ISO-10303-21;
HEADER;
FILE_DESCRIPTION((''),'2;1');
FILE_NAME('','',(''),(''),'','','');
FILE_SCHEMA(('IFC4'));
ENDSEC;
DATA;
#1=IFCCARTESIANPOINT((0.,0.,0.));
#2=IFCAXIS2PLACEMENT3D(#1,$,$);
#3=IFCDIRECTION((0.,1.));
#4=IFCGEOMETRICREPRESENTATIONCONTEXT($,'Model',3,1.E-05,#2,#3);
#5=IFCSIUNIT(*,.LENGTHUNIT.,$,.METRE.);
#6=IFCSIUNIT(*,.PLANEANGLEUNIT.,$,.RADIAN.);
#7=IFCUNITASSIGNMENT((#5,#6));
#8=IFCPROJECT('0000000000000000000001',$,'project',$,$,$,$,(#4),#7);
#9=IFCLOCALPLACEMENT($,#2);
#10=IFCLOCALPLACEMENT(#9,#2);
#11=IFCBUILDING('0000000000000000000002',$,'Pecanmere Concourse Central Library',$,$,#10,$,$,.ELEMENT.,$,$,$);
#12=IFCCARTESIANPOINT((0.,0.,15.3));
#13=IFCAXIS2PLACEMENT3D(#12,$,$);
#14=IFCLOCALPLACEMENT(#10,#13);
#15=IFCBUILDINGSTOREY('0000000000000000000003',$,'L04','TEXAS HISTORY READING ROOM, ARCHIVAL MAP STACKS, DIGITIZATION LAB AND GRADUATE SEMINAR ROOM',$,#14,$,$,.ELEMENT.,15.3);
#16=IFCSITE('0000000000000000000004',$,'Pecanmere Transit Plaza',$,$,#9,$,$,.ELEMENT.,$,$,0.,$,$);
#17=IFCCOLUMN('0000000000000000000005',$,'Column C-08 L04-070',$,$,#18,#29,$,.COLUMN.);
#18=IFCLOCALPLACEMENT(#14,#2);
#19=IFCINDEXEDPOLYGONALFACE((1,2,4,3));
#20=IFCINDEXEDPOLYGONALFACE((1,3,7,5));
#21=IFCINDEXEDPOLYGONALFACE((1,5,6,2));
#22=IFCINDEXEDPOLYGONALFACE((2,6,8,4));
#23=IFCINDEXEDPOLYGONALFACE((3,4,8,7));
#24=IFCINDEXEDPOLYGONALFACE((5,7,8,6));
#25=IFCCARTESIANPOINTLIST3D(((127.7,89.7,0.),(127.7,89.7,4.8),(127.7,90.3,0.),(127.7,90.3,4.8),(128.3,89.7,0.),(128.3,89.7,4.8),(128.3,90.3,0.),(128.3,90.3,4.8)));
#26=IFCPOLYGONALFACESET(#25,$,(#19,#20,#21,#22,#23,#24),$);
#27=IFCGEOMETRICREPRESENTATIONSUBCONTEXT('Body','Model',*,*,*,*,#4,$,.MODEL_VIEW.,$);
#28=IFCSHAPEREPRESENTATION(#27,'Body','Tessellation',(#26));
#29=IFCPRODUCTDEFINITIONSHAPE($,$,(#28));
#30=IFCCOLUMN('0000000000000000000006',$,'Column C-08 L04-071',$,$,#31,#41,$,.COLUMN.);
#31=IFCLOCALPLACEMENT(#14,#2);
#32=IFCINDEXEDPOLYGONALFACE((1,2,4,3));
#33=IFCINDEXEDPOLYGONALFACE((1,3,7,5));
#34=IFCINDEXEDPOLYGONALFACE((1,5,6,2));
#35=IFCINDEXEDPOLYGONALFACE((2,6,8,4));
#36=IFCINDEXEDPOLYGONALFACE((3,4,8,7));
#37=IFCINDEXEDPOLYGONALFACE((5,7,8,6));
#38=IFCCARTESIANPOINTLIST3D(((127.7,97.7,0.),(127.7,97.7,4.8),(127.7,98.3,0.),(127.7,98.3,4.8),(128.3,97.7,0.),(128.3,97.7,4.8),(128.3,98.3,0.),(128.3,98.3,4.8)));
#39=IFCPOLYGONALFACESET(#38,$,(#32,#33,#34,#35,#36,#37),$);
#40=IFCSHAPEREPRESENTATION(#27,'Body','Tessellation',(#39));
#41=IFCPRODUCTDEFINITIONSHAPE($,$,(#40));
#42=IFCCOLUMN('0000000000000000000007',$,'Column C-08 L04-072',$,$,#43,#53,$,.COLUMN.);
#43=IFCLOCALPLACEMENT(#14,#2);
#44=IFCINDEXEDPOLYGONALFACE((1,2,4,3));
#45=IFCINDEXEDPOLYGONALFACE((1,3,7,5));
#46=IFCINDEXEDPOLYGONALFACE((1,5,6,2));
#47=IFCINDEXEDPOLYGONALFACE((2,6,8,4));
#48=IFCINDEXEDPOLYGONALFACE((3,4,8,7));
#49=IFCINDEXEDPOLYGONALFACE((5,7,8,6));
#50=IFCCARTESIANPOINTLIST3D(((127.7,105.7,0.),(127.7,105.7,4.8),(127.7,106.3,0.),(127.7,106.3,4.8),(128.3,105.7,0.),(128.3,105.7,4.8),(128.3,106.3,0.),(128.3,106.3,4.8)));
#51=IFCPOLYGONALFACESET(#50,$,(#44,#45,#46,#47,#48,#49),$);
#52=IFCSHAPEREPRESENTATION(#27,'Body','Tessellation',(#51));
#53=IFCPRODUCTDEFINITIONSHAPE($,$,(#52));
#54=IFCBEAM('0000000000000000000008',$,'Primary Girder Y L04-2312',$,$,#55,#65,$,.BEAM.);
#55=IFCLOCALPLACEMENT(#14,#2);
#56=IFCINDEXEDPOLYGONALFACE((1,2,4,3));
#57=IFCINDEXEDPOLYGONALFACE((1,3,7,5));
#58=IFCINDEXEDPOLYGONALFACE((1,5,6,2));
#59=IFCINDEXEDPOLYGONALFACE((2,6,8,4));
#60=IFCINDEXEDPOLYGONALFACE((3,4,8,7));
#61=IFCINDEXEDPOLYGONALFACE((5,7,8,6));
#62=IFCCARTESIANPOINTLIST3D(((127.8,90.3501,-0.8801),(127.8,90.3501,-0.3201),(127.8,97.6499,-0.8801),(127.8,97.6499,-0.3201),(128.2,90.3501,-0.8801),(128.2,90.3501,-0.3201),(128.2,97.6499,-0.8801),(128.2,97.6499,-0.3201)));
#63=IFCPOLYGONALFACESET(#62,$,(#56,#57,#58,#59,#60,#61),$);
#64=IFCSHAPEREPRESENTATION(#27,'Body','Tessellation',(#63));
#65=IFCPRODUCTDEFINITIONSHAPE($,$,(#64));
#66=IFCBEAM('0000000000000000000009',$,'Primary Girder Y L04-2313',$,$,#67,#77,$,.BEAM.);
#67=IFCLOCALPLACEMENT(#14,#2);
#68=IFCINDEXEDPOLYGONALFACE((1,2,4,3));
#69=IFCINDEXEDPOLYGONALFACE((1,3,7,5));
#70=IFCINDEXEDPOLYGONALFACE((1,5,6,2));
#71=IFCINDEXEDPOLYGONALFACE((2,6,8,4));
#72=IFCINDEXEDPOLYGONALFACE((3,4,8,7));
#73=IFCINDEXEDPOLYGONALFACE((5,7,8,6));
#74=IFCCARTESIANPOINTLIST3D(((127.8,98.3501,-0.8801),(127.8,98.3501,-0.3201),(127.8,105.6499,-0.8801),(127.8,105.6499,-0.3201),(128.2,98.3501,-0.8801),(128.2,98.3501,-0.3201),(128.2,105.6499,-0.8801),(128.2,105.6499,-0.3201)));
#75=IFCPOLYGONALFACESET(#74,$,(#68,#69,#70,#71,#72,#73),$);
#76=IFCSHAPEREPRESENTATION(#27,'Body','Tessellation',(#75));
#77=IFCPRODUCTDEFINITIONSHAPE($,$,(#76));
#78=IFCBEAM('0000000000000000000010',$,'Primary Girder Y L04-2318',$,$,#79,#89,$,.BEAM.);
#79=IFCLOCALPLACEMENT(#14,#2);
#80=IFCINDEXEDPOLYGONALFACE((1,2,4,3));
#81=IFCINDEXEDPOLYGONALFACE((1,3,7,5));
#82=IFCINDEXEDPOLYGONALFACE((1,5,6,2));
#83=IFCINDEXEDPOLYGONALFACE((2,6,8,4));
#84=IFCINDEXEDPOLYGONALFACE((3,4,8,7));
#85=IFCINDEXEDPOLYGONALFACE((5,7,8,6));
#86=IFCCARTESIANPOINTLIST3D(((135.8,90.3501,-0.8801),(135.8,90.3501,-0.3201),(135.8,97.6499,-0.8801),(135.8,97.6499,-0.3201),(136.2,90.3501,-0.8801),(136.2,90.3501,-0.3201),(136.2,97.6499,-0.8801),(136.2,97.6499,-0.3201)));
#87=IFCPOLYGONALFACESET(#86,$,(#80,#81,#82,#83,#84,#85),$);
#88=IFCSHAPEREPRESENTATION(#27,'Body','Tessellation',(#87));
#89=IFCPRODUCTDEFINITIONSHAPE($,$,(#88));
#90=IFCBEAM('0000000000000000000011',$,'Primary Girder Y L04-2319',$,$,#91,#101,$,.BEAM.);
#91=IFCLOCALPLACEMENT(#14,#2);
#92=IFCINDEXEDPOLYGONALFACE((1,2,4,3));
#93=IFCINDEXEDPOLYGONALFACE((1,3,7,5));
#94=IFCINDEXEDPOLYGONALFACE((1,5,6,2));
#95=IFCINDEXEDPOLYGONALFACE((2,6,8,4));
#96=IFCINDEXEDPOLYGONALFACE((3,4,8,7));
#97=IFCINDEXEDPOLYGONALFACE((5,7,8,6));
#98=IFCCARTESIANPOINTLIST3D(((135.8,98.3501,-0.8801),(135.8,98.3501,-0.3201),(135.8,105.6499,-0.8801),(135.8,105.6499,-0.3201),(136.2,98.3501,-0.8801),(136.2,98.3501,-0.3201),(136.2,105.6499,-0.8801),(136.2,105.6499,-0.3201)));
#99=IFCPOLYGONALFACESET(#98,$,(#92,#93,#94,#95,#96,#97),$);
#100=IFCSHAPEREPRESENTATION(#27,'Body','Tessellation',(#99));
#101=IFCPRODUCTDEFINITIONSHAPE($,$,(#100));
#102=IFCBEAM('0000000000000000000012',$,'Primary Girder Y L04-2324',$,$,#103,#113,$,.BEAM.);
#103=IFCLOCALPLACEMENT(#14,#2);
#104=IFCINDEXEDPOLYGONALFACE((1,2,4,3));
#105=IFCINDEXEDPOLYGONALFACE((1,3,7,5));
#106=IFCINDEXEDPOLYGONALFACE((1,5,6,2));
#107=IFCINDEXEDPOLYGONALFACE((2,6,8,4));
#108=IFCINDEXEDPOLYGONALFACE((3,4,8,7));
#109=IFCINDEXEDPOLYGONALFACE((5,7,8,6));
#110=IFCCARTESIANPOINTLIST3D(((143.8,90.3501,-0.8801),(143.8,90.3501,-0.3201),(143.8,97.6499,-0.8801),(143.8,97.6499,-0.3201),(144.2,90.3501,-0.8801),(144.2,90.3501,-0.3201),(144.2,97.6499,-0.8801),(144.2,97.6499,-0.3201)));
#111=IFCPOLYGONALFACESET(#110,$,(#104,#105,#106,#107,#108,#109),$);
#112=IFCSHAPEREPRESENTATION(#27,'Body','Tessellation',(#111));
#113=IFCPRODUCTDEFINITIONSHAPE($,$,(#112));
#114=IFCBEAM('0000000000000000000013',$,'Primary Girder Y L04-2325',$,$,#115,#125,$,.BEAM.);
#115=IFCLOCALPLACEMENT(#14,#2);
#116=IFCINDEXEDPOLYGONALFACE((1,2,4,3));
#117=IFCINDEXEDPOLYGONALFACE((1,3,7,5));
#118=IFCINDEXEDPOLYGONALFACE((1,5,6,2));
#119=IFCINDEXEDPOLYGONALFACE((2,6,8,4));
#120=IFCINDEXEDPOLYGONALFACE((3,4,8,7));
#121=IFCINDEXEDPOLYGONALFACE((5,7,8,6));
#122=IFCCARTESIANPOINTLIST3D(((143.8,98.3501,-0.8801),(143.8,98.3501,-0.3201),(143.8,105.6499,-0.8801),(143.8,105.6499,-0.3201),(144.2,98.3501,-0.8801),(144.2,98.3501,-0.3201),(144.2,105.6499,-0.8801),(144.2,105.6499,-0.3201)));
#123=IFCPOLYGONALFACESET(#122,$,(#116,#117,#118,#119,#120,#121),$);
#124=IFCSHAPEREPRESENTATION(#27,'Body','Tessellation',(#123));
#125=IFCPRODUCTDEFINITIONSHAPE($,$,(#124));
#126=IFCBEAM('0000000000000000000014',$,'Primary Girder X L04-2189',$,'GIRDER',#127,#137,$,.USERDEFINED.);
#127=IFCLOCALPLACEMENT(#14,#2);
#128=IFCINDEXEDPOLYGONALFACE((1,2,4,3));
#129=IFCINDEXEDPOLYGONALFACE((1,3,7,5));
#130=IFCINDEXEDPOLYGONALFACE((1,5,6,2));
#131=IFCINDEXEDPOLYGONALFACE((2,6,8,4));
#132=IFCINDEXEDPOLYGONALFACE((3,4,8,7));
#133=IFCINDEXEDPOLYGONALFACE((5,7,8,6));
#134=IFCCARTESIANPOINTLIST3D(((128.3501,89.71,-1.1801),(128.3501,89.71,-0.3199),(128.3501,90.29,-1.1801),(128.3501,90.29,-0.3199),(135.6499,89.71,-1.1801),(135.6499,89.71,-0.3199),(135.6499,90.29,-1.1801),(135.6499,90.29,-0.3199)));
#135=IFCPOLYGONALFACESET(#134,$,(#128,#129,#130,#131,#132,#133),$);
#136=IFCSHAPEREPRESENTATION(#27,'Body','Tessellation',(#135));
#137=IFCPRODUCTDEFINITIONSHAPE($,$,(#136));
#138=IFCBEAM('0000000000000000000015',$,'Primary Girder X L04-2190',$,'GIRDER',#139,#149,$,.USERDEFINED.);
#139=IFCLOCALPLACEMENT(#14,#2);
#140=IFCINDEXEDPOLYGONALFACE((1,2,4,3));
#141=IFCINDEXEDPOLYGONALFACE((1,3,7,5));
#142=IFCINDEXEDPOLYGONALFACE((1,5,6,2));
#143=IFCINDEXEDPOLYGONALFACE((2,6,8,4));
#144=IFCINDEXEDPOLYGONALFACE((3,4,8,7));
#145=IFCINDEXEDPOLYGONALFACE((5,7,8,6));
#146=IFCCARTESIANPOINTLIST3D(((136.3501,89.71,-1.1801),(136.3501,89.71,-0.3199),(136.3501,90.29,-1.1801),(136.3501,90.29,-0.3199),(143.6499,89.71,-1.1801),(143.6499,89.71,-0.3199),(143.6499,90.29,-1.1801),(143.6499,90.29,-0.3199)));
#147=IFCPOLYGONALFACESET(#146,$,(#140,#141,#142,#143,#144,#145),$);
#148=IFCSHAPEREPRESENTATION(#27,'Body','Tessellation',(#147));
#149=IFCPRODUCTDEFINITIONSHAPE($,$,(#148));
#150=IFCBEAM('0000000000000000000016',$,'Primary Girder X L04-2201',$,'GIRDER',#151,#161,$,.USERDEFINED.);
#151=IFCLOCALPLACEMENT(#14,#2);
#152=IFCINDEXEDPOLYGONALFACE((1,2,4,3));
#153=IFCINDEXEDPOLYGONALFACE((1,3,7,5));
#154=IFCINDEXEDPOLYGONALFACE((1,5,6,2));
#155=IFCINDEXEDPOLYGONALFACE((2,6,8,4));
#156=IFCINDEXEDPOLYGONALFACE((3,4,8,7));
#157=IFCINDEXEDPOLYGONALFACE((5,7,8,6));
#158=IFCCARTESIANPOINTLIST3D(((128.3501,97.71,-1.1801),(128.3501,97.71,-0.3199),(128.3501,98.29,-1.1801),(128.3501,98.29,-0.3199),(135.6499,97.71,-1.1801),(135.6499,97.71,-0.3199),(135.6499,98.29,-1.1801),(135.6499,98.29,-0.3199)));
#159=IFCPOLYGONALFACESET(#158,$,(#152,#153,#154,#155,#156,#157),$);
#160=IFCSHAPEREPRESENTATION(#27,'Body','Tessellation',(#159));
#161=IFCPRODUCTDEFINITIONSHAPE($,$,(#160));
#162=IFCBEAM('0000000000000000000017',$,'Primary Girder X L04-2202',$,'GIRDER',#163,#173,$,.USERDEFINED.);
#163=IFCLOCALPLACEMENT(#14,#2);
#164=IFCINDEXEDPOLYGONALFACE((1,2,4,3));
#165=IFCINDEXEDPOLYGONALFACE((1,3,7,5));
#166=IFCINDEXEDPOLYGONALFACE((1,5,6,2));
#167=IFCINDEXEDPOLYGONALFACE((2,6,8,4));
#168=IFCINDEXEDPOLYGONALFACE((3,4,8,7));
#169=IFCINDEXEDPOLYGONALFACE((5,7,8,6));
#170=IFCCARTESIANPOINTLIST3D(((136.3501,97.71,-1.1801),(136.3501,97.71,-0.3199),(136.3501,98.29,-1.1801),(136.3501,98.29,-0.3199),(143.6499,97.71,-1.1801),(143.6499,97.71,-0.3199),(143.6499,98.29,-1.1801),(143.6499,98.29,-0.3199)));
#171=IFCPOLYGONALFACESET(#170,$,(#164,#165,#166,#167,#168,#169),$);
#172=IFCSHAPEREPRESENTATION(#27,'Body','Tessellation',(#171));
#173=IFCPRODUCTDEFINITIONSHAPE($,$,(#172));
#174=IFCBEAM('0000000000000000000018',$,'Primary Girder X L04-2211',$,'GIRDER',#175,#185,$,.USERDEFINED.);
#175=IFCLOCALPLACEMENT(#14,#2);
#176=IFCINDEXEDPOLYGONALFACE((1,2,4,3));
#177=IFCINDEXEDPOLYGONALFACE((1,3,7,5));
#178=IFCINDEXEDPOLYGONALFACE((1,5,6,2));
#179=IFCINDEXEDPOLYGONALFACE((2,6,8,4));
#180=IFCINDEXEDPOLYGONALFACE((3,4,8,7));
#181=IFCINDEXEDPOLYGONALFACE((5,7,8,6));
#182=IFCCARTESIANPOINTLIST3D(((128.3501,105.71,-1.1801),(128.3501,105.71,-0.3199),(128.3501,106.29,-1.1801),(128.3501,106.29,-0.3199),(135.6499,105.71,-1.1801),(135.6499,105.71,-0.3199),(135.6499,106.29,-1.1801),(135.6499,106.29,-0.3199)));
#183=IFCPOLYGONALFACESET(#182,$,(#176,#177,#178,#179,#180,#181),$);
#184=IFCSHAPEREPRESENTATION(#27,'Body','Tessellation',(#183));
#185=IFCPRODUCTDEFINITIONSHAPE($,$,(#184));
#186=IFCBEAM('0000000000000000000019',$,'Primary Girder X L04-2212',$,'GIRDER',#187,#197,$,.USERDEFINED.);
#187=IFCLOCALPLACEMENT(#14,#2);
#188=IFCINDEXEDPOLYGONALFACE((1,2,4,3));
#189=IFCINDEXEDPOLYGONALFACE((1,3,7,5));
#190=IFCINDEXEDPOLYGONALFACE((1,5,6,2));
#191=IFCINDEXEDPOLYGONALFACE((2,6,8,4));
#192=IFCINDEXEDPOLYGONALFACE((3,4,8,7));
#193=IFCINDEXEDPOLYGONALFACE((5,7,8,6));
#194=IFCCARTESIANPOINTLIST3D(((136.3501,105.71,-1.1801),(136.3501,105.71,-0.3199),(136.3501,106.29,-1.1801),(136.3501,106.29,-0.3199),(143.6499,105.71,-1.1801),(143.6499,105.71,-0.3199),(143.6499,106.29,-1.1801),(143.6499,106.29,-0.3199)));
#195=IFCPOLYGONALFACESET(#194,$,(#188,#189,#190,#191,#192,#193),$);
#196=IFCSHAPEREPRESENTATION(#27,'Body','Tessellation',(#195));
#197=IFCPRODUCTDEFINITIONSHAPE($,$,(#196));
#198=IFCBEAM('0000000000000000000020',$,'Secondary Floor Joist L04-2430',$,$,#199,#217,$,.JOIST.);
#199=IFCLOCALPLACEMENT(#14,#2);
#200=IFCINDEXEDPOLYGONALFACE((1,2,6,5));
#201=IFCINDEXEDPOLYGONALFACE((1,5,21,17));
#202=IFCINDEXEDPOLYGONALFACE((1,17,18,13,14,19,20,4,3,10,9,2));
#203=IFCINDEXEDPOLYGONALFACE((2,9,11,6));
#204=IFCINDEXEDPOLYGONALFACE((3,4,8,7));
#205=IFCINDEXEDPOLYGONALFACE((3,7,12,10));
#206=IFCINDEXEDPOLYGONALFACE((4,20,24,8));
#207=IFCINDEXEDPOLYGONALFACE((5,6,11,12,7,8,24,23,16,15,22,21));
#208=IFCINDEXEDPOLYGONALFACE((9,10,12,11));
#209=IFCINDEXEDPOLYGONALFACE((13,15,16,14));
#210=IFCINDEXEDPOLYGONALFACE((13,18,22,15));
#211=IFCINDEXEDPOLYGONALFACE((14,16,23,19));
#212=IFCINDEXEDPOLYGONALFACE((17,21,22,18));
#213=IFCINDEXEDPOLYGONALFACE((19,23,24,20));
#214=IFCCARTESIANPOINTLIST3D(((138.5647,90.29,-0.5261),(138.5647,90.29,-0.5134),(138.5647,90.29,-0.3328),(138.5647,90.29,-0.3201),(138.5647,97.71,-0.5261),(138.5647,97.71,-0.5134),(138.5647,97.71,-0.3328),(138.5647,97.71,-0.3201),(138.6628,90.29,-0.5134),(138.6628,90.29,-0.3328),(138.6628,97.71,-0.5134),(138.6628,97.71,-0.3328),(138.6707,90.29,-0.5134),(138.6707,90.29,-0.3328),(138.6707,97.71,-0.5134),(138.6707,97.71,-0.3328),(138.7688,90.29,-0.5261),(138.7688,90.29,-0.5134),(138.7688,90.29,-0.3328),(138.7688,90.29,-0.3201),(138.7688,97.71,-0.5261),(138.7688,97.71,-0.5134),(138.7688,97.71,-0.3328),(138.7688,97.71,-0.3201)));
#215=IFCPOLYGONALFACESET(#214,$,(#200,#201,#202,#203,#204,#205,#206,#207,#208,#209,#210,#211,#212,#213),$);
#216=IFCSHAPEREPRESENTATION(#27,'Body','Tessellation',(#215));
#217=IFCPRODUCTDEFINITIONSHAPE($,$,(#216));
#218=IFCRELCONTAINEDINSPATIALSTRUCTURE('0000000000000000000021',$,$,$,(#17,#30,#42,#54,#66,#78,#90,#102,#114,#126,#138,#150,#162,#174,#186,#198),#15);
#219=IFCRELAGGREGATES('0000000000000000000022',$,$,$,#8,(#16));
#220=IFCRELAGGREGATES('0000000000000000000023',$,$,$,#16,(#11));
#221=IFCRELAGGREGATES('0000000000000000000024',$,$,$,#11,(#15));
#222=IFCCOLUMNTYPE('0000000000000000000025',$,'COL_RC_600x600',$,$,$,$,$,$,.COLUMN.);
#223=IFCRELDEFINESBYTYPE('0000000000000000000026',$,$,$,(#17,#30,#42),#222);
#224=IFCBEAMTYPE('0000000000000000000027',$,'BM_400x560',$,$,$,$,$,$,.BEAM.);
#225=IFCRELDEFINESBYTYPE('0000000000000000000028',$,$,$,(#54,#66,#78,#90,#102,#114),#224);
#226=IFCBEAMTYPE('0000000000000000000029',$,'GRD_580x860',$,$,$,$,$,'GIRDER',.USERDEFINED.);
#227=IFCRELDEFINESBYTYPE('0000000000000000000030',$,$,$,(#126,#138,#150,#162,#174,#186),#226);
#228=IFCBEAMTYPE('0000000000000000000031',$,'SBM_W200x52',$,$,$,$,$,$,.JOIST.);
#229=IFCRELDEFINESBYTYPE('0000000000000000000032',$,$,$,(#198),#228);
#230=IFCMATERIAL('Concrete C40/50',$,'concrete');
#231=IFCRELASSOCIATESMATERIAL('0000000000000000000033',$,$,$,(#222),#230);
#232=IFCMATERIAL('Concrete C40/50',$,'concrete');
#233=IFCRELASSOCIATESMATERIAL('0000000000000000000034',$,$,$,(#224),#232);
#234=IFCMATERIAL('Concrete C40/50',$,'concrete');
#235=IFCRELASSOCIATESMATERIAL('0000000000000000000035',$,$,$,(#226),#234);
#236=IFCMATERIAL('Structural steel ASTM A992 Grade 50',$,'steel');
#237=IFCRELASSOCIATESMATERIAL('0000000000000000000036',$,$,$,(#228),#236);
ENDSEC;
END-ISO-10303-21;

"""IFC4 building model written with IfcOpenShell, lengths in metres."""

from ifc_helpers import new_model, si_unit, direction, frame, origin, origin_2d, place, context, subcontext, project, spatial, rectangle, i_section, extrude, material, material_profile, profile_set, type_object, element, save


model = new_model("IFC4")

# Units and contexts
model_context = context("Model", 3, precision=1e-05, world=origin(), true_north=direction((0.0, 1.0)))
body_context = subcontext(model_context, "Body", "Model", "MODEL_VIEW")
ifc_project = project(units=[si_unit("LENGTHUNIT", "METRE"), si_unit("PLANEANGLEUNIT", "RADIAN")], contexts=[model_context])

# Site, building, storey
site_placement = place(None, origin())
site = spatial("IfcSite", under=ifc_project, at=site_placement, Name="Pecanmere Transit Plaza", CompositionType="ELEMENT", RefElevation=0.0)
building_placement = place(site_placement, origin())
building = spatial("IfcBuilding", under=site, at=building_placement, Name="Pecanmere Concourse Central Library", CompositionType="ELEMENT")
storey_placement = place(building_placement, frame((0.0, 0.0, 15.3)))
storey = spatial("IfcBuildingStorey", under=building, at=storey_placement, Name="L04", Description="TEXAS HISTORY READING ROOM, ARCHIVAL MAP STACKS, DIGITIZATION LAB AND GRADUATE SEMINAR ROOM", CompositionType="ELEMENT", Elevation=15.3)

# Columns
ifc_material_1 = material(Name="Concrete C40/50", Category="concrete")
ifc_material_profile_1 = material_profile(ifc_material_1, rectangle(XDim=0.6001, YDim=0.6001, at=origin_2d()), Name="RC 600x600")
ifc_profile_set_1 = profile_set([ifc_material_profile_1], Name="Concrete C40/50")
column_type = type_object("IfcColumnType", Name="COL_RC_600x600", PredefinedType="COLUMN", material=ifc_profile_set_1)
for number, where, z_axis, x_axis, name in (
    (1, (128.0, 90.0, 0.0), (0.0, 0.0, 1.0), (1.0, 0.0, 0.0), "Column C-08 L04-070"),
    (2, (128.0, 98.0, 0.0), (0.0, 0.0, 1.0), (1.0, 0.0, 0.0), "Column C-08 L04-071"),
    (3, (128.0, 106.0, 0.0), (0.0, 0.0, 1.0), (1.0, 0.0, 0.0), "Column C-08 L04-072"),
):
    element("IfcColumn", number, at=place(storey_placement, frame(where, z_axis=z_axis, x_axis=x_axis)), inside=storey, type_object=column_type, Name=name, PredefinedType="COLUMN", context=body_context, shape_type="SweptSolid", body=[
        extrude(rectangle(XDim=0.6001, YDim=0.6001, at=origin_2d()), origin(), (0.0, 0.0, 1.0), 4.8),
    ])

# Beams
ifc_material_2 = material(Name="Concrete C40/50", Category="concrete")
ifc_material_profile_2 = material_profile(ifc_material_2, rectangle(XDim=0.3999, YDim=0.5601, at=origin_2d()), Name="RC 400x560")
ifc_profile_set_2 = profile_set([ifc_material_profile_2], Name="Concrete C40/50")
beam_type_1 = type_object("IfcBeamType", Name="BM_400x560", PredefinedType="BEAM", material=ifc_profile_set_2)
for number, where, z_axis, x_axis, name in (
    (4, (128.0, 90.3501, -0.6001), (0.0, 1.0, 0.0), (-1.0, 0.0, 0.0), "Primary Girder Y L04-2312"),
    (5, (128.0, 98.3501, -0.6001), (0.0, 1.0, 0.0), (-1.0, 0.0, 0.0), "Primary Girder Y L04-2313"),
    (6, (136.0, 90.3501, -0.6001), (0.0, 1.0, 0.0), (-1.0, 0.0, 0.0), "Primary Girder Y L04-2318"),
    (7, (136.0, 98.3501, -0.6001), (0.0, 1.0, 0.0), (-1.0, 0.0, 0.0), "Primary Girder Y L04-2319"),
    (8, (144.0, 90.3501, -0.6001), (0.0, 1.0, 0.0), (-1.0, 0.0, 0.0), "Primary Girder Y L04-2324"),
    (9, (144.0, 98.3501, -0.6001), (0.0, 1.0, 0.0), (-1.0, 0.0, 0.0), "Primary Girder Y L04-2325"),
):
    element("IfcBeam", number, at=place(storey_placement, frame(where, z_axis=z_axis, x_axis=x_axis)), inside=storey, type_object=beam_type_1, Name=name, PredefinedType="BEAM", context=body_context, shape_type="SweptSolid", body=[
        extrude(rectangle(XDim=0.3999, YDim=0.5601, at=origin_2d()), origin(), (0.0, 0.0, 1.0), 7.2998),
    ])
ifc_material_3 = material(Name="Concrete C40/50", Category="concrete")
ifc_material_profile_3 = material_profile(ifc_material_3, rectangle(XDim=0.5801, YDim=0.8601, at=origin_2d()), Name="RC 580x860")
ifc_profile_set_3 = profile_set([ifc_material_profile_3], Name="Concrete C40/50")
beam_type_2 = type_object("IfcBeamType", Name="GRD_580x860", ElementType="GIRDER", PredefinedType="USERDEFINED", material=ifc_profile_set_3)
for number, where, z_axis, x_axis, name in (
    (10, (128.3501, 90.0, -0.75), (1.0, 0.0, 0.0), (0.0, 1.0, 0.0), "Primary Girder X L04-2189"),
    (11, (136.3501, 90.0, -0.75), (1.0, 0.0, 0.0), (0.0, 1.0, 0.0), "Primary Girder X L04-2190"),
    (12, (128.3501, 98.0, -0.75), (1.0, 0.0, 0.0), (0.0, 1.0, 0.0), "Primary Girder X L04-2201"),
    (13, (136.3501, 98.0, -0.75), (1.0, 0.0, 0.0), (0.0, 1.0, 0.0), "Primary Girder X L04-2202"),
    (14, (128.3501, 106.0, -0.75), (1.0, 0.0, 0.0), (0.0, 1.0, 0.0), "Primary Girder X L04-2211"),
    (15, (136.3501, 106.0, -0.75), (1.0, 0.0, 0.0), (0.0, 1.0, 0.0), "Primary Girder X L04-2212"),
):
    element("IfcBeam", number, at=place(storey_placement, frame(where, z_axis=z_axis, x_axis=x_axis)), inside=storey, type_object=beam_type_2, Name=name, ObjectType="GIRDER", PredefinedType="USERDEFINED", context=body_context, shape_type="SweptSolid", body=[
        extrude(rectangle(XDim=0.5801, YDim=0.8601, at=origin_2d()), origin(), (0.0, 0.0, 1.0), 7.2998),
    ])
ifc_material_4 = material(Name="Structural steel ASTM A992 Grade 50", Category="steel")
ifc_material_profile_4 = material_profile(ifc_material_4, i_section(OverallWidth=0.2041, OverallDepth=0.2061, WebThickness=0.0078, FlangeThickness=0.0127, at=origin_2d()), Name="W200x52")
ifc_profile_set_4 = profile_set([ifc_material_profile_4], Name="Structural steel ASTM A992 Grade 50")
beam_type_3 = type_object("IfcBeamType", Name="SBM_W200x52", PredefinedType="JOIST", material=ifc_profile_set_4)
beam_1_placement = place(storey_placement, frame((138.6667, 90.29, -0.4231), z_axis=(0.0, 1.0, 0.0), x_axis=(-1.0, 0.0, 0.0)))
element("IfcBeam", 16, at=beam_1_placement, inside=storey, type_object=beam_type_3, Name="Secondary Floor Joist L04-2430", PredefinedType="JOIST", context=body_context, shape_type="SweptSolid", body=[
    extrude(i_section(OverallWidth=0.2041, OverallDepth=0.2061, WebThickness=0.0078, FlangeThickness=0.0127, at=origin_2d()), origin(), (0.0, 0.0, 1.0), 7.4199),
])

save(model, "model.ifc")
